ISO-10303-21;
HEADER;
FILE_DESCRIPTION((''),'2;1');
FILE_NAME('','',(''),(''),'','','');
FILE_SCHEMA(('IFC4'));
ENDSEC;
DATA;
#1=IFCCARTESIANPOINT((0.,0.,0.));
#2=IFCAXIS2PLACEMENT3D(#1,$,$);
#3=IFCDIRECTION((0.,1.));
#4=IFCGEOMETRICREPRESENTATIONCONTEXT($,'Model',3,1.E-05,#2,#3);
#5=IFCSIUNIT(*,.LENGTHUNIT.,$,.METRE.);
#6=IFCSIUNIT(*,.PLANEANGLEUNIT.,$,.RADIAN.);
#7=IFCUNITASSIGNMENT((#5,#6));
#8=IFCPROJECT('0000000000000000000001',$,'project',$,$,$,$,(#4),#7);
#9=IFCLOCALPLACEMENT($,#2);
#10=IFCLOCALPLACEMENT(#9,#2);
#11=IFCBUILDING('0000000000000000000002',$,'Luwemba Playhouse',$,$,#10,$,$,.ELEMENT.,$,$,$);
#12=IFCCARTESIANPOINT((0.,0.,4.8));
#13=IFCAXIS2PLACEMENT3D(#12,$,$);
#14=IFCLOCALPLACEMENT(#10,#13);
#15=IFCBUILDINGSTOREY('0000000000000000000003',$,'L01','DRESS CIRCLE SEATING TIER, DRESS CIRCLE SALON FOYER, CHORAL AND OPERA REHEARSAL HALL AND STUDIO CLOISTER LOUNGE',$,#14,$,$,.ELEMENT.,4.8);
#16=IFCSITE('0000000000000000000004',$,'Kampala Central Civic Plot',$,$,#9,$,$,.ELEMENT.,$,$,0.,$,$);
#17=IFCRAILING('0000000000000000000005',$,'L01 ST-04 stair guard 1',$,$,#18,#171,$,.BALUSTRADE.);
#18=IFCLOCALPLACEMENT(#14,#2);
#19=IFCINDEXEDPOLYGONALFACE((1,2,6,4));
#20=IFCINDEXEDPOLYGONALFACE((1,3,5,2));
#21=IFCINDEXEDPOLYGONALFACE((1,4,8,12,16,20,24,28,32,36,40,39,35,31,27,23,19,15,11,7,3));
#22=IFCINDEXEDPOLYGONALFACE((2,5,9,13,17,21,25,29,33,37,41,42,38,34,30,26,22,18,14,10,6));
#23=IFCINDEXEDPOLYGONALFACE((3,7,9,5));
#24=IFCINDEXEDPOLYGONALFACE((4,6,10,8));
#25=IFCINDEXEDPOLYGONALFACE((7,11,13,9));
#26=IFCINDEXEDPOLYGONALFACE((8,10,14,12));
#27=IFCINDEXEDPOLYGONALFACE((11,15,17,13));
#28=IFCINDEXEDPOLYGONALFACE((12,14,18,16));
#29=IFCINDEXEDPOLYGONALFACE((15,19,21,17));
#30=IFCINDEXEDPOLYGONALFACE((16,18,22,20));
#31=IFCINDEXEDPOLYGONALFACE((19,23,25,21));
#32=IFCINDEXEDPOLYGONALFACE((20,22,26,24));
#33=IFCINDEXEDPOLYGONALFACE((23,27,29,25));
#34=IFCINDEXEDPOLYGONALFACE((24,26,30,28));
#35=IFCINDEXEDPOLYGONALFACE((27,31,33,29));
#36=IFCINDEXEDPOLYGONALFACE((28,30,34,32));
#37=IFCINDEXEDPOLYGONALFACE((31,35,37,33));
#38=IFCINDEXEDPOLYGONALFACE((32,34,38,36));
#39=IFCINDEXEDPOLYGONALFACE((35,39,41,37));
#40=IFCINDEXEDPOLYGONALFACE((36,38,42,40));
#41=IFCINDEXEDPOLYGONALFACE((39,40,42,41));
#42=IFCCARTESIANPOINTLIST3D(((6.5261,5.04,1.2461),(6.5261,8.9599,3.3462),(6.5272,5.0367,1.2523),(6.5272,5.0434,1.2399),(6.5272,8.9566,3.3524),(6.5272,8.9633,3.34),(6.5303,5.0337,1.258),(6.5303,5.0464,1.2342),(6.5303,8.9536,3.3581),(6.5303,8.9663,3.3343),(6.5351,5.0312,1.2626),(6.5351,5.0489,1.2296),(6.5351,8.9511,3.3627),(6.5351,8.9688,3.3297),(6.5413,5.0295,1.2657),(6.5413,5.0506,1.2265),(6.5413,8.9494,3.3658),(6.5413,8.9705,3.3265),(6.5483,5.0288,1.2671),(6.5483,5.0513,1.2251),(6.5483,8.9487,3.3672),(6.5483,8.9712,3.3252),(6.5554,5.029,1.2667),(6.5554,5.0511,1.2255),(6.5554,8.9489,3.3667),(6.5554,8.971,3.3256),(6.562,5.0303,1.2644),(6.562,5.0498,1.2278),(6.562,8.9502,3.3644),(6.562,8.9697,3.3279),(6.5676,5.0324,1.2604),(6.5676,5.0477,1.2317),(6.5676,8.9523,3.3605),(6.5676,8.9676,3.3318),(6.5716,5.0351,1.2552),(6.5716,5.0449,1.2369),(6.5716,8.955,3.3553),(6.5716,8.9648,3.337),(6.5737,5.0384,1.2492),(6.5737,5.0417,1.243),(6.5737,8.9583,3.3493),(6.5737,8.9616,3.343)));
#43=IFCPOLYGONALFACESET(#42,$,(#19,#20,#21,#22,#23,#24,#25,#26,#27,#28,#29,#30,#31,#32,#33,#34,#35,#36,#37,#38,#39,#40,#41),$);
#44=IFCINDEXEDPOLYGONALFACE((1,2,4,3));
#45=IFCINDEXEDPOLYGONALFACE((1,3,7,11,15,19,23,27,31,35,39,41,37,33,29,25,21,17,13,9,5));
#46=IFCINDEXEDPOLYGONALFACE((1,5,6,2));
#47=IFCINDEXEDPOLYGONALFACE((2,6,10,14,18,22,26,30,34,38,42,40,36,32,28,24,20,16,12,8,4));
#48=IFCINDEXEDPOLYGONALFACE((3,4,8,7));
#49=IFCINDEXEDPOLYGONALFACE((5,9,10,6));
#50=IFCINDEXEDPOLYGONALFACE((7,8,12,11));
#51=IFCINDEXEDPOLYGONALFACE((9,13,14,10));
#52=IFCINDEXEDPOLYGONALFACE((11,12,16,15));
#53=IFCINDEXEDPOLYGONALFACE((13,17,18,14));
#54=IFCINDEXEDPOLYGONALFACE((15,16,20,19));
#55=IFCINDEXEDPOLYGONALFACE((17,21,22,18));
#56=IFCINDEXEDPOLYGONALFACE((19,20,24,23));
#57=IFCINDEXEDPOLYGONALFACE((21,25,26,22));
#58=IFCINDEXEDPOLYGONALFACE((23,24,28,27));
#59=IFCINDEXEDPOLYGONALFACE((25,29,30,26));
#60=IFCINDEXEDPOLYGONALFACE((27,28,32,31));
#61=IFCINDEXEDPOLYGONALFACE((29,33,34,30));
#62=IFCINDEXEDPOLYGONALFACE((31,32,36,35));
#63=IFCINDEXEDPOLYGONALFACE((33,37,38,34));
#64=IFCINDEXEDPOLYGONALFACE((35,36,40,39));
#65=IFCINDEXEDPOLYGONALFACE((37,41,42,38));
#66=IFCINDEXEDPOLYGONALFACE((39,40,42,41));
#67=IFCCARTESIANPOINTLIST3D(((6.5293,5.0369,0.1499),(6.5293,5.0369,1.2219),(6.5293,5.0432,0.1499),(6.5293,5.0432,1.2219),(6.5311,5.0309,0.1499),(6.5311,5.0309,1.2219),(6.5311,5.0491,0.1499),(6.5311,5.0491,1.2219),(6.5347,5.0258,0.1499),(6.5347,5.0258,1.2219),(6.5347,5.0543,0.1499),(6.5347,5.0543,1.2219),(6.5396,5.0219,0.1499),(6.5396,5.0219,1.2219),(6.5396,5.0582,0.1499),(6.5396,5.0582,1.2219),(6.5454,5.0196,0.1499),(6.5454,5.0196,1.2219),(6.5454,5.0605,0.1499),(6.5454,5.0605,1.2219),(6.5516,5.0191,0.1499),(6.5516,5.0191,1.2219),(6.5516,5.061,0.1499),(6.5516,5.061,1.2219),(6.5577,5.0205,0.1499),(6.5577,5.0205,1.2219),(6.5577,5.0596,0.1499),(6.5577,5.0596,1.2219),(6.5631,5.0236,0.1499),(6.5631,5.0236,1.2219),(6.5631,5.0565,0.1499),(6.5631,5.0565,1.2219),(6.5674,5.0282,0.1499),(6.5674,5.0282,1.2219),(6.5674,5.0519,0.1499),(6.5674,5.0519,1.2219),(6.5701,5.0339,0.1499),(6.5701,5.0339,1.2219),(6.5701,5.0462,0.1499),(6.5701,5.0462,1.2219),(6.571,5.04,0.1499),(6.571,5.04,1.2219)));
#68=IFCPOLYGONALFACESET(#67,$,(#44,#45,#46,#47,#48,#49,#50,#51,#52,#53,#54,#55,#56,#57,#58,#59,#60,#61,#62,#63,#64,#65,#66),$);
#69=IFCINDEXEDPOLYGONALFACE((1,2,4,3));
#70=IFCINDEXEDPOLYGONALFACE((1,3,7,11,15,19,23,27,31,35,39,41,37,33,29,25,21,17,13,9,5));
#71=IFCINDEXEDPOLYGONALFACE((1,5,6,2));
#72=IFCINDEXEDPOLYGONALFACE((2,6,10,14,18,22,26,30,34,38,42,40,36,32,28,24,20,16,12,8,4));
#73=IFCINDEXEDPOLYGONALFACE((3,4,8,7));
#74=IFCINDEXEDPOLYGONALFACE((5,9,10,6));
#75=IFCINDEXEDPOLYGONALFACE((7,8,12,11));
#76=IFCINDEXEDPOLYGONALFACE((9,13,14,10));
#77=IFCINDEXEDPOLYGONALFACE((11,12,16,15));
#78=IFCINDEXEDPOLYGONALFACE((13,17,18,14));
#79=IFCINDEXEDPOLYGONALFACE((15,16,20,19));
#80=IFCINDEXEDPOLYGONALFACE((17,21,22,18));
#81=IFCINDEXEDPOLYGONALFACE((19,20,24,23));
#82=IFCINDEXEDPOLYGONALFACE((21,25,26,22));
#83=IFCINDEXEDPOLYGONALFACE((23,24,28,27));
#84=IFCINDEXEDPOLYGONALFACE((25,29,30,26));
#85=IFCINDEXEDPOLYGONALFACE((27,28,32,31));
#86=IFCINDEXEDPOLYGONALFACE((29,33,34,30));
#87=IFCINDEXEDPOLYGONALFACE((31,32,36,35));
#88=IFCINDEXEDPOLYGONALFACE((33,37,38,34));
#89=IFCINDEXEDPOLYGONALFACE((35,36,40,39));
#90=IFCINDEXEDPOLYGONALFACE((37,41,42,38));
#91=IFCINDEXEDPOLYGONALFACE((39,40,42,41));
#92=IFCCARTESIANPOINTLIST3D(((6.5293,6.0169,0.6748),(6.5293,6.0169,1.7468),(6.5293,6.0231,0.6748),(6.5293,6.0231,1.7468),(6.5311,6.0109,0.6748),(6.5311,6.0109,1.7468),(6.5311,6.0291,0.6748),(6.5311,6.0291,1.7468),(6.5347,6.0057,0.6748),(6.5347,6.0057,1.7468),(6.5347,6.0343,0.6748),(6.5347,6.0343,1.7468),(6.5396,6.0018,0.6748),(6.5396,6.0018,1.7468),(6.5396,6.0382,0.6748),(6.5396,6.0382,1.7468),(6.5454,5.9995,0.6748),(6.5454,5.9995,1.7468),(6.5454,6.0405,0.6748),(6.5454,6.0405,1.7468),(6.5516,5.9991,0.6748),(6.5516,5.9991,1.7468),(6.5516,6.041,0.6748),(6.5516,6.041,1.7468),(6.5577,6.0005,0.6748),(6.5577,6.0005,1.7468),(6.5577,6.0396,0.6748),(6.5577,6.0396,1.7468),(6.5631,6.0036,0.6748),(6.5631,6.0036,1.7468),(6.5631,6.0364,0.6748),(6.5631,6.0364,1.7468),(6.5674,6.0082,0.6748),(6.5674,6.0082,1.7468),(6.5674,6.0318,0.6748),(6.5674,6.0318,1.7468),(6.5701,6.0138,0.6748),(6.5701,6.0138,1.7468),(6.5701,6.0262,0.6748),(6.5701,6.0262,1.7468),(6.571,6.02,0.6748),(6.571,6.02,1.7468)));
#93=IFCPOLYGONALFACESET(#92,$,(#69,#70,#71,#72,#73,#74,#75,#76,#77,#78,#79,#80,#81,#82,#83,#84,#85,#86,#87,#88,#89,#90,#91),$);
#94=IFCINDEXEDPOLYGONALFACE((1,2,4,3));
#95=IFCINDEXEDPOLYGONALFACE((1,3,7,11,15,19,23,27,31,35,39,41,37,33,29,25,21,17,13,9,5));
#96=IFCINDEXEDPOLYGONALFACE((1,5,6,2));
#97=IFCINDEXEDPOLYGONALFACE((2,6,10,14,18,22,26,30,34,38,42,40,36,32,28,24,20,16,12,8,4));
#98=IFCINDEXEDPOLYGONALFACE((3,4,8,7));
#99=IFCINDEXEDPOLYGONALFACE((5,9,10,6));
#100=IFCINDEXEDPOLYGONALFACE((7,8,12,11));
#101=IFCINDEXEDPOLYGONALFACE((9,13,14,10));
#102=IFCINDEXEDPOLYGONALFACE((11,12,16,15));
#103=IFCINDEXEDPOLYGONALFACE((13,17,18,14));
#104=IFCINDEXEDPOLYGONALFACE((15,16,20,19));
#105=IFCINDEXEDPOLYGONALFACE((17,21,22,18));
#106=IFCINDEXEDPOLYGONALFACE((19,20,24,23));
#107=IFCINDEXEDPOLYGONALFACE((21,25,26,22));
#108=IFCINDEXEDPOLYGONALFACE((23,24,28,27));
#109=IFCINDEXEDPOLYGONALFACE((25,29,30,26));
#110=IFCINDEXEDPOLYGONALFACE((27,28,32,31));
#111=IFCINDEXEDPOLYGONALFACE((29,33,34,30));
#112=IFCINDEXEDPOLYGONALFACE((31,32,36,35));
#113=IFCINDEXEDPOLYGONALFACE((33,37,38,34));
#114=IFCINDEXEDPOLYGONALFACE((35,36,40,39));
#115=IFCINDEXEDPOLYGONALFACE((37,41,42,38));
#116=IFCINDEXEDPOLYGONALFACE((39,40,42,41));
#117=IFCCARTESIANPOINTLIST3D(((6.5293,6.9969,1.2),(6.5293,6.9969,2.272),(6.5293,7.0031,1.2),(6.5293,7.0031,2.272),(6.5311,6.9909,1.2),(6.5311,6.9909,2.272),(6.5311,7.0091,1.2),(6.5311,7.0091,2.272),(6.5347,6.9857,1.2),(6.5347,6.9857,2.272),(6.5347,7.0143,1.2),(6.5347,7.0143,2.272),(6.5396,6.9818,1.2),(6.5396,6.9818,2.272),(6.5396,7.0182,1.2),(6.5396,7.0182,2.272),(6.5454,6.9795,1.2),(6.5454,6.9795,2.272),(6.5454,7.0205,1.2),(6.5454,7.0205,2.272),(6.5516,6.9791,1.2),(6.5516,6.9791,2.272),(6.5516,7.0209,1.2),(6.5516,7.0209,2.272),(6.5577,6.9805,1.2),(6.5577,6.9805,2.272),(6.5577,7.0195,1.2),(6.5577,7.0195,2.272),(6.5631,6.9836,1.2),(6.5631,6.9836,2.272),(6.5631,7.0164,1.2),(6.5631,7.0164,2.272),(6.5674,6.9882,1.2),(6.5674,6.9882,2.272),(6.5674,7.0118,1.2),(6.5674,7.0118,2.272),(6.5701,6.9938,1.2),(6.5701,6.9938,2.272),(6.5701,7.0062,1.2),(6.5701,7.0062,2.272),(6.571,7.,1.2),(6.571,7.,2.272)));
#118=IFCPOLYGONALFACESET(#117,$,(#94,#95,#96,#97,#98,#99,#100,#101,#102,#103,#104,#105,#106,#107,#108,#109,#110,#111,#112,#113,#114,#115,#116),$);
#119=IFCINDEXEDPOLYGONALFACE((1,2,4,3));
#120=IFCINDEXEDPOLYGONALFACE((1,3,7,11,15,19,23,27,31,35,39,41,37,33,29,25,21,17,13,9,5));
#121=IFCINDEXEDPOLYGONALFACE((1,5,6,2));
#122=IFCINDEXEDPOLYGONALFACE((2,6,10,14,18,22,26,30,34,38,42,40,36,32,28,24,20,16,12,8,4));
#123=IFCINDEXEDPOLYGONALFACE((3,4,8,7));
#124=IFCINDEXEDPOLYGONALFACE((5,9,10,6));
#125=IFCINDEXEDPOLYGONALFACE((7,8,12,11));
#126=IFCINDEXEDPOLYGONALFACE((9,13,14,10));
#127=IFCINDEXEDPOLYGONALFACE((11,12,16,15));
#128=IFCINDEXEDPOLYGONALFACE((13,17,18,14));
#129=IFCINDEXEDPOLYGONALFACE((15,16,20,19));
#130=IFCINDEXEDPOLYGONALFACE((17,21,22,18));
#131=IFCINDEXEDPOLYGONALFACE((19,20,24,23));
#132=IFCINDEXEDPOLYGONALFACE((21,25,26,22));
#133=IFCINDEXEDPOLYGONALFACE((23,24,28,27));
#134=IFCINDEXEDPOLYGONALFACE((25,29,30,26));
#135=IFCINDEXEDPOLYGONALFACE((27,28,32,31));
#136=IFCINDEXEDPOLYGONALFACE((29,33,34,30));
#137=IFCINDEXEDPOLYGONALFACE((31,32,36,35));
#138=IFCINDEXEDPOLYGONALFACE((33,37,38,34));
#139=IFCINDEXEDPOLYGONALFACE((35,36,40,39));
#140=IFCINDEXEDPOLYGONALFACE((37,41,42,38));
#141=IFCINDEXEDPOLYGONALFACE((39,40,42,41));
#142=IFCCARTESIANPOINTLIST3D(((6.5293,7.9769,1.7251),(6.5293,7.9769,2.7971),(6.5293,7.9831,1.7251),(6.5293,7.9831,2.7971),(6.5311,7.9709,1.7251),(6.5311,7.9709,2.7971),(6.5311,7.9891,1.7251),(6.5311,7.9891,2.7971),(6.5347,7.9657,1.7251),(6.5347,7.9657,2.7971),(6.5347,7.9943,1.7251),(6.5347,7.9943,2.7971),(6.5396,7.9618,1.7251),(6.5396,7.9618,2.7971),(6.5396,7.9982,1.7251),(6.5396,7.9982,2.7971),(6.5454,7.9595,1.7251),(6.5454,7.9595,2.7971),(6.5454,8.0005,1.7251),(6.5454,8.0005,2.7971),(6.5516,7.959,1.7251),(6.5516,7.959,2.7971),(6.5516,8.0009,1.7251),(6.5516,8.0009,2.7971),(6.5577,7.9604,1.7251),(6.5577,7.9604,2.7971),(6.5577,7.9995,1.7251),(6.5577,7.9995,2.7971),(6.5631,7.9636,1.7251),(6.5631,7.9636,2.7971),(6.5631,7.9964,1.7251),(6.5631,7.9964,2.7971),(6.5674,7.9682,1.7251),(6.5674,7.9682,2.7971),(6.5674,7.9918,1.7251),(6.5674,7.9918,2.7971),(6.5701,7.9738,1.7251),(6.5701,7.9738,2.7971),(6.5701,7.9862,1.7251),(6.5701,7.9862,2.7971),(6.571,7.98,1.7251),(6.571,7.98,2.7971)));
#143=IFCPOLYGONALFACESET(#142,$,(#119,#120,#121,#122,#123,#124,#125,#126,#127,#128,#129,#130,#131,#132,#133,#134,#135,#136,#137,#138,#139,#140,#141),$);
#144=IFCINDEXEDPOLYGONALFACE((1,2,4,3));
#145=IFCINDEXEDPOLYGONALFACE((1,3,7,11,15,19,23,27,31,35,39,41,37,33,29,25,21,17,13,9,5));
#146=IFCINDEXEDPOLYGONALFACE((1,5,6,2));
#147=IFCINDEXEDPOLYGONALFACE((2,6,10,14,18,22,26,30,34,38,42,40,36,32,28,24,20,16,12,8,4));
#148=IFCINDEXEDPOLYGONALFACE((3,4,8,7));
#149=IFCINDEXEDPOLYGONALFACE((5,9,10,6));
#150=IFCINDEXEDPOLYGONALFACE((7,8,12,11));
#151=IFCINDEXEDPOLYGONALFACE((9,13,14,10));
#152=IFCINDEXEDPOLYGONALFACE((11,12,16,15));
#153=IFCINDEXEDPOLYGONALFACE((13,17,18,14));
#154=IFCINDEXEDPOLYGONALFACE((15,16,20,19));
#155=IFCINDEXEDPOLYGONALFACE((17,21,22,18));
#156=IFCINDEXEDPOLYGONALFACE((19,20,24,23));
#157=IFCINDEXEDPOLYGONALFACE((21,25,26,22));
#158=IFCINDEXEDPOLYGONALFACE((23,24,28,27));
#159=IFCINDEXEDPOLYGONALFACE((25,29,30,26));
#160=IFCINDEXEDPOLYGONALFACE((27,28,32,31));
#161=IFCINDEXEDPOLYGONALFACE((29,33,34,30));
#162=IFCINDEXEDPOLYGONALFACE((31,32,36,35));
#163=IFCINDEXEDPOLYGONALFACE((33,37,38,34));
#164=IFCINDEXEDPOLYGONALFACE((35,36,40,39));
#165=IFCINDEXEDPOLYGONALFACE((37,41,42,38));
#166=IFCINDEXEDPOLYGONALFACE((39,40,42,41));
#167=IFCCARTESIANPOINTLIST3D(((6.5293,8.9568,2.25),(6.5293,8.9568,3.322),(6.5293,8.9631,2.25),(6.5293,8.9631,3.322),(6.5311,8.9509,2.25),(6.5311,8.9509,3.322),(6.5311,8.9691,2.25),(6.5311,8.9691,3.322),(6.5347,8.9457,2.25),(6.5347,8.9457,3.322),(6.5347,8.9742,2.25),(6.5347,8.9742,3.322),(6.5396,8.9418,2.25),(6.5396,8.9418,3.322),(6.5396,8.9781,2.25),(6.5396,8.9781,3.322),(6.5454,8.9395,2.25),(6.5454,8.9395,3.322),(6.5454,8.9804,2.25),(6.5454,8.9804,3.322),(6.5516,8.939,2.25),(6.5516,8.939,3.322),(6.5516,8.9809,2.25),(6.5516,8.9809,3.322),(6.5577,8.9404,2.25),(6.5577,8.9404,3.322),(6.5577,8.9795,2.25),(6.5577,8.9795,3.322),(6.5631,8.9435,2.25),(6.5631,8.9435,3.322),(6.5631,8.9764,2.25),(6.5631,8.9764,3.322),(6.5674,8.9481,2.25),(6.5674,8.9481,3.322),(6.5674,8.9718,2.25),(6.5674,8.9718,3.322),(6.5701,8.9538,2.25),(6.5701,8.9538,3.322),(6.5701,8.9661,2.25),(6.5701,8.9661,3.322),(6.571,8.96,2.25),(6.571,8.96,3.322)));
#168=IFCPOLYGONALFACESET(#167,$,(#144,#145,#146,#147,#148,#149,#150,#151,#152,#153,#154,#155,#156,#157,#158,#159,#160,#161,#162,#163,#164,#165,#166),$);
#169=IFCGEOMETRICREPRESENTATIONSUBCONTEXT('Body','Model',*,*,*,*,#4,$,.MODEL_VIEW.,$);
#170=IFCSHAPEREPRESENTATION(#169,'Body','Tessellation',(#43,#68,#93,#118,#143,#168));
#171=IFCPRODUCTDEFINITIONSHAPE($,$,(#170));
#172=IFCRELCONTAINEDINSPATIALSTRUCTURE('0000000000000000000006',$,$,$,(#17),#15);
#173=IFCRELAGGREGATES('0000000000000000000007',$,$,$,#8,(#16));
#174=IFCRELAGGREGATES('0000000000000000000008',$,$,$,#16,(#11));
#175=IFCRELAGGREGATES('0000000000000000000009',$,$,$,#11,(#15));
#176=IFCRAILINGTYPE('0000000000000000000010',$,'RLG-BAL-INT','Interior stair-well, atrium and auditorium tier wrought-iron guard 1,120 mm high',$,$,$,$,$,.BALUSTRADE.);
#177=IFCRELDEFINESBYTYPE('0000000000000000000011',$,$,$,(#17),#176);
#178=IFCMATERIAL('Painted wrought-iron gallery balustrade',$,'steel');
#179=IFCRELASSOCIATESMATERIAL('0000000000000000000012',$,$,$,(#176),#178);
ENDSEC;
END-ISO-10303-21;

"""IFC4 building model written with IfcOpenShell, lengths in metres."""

from ifc_helpers import new_model, si_unit, direction, frame, origin, origin_2d, place, context, subcontext, project, spatial, circle, extrude, material, type_object, element, save


model = new_model("IFC4")

# Units and contexts
model_context = context("Model", 3, precision=1e-05, world=origin(), true_north=direction((0.0, 1.0)))
body_context = subcontext(model_context, "Body", "Model", "MODEL_VIEW")
ifc_project = project(units=[si_unit("LENGTHUNIT", "METRE"), si_unit("PLANEANGLEUNIT", "RADIAN")], contexts=[model_context])

# Site, building, storey
site_placement = place(None, origin())
site = spatial("IfcSite", under=ifc_project, at=site_placement, Name="Kampala Central Civic Plot", CompositionType="ELEMENT", RefElevation=0.0)
building_placement = place(site_placement, origin())
building = spatial("IfcBuilding", under=site, at=building_placement, Name="Luwemba Playhouse", CompositionType="ELEMENT")
storey_placement = place(building_placement, frame((0.0, 0.0, 4.8)))
storey = spatial("IfcBuildingStorey", under=building, at=storey_placement, Name="L01", Description="DRESS CIRCLE SEATING TIER, DRESS CIRCLE SALON FOYER, CHORAL AND OPERA REHEARSAL HALL AND STUDIO CLOISTER LOUNGE", CompositionType="ELEMENT", Elevation=4.8)

# Railing
ifc_material_1 = material(Name="Painted wrought-iron gallery balustrade", Category="steel")
railing_type_1 = type_object("IfcRailingType", Name="RLG-BAL-INT", Description="Interior stair-well, atrium and auditorium tier wrought-iron guard 1,120 mm high", PredefinedType="BALUSTRADE", material=ifc_material_1)
railing_1_placement = place(storey_placement, frame((6.55, 5.04, 0.1499)))
element("IfcRailing", 1, at=railing_1_placement, inside=storey, type_object=railing_type_1, Name="L01 ST-04 stair guard 1", PredefinedType="BALUSTRADE", context=body_context, shape_type="SweptSolid", body=[
    extrude(circle(Radius=0.0239, at=origin_2d()), frame((0.0, 0.0, 1.0962), z_axis=(0.0, 0.881467, 0.472246), x_axis=(-1.0, 0.0, 0.0)), (0.0, 0.0, 1.0), 4.447),
    extrude(circle(Radius=0.021, at=origin_2d()), origin(), (0.0, 0.0, 1.0), 1.072),
    extrude(circle(Radius=0.021, at=origin_2d()), frame((0.0, 0.98, 0.5249)), (0.0, 0.0, 1.0), 1.072),
    extrude(circle(Radius=0.021, at=origin_2d()), frame((0.0, 1.96, 1.05)), (0.0, 0.0, 1.0), 1.072),
    extrude(circle(Radius=0.021, at=origin_2d()), frame((0.0, 2.9399, 1.5752)), (0.0, 0.0, 1.0), 1.072),
    extrude(circle(Radius=0.021, at=origin_2d()), frame((0.0, 3.9199, 2.1001)), (0.0, 0.0, 1.0), 1.072),
])

save(model, "model.ifc")
